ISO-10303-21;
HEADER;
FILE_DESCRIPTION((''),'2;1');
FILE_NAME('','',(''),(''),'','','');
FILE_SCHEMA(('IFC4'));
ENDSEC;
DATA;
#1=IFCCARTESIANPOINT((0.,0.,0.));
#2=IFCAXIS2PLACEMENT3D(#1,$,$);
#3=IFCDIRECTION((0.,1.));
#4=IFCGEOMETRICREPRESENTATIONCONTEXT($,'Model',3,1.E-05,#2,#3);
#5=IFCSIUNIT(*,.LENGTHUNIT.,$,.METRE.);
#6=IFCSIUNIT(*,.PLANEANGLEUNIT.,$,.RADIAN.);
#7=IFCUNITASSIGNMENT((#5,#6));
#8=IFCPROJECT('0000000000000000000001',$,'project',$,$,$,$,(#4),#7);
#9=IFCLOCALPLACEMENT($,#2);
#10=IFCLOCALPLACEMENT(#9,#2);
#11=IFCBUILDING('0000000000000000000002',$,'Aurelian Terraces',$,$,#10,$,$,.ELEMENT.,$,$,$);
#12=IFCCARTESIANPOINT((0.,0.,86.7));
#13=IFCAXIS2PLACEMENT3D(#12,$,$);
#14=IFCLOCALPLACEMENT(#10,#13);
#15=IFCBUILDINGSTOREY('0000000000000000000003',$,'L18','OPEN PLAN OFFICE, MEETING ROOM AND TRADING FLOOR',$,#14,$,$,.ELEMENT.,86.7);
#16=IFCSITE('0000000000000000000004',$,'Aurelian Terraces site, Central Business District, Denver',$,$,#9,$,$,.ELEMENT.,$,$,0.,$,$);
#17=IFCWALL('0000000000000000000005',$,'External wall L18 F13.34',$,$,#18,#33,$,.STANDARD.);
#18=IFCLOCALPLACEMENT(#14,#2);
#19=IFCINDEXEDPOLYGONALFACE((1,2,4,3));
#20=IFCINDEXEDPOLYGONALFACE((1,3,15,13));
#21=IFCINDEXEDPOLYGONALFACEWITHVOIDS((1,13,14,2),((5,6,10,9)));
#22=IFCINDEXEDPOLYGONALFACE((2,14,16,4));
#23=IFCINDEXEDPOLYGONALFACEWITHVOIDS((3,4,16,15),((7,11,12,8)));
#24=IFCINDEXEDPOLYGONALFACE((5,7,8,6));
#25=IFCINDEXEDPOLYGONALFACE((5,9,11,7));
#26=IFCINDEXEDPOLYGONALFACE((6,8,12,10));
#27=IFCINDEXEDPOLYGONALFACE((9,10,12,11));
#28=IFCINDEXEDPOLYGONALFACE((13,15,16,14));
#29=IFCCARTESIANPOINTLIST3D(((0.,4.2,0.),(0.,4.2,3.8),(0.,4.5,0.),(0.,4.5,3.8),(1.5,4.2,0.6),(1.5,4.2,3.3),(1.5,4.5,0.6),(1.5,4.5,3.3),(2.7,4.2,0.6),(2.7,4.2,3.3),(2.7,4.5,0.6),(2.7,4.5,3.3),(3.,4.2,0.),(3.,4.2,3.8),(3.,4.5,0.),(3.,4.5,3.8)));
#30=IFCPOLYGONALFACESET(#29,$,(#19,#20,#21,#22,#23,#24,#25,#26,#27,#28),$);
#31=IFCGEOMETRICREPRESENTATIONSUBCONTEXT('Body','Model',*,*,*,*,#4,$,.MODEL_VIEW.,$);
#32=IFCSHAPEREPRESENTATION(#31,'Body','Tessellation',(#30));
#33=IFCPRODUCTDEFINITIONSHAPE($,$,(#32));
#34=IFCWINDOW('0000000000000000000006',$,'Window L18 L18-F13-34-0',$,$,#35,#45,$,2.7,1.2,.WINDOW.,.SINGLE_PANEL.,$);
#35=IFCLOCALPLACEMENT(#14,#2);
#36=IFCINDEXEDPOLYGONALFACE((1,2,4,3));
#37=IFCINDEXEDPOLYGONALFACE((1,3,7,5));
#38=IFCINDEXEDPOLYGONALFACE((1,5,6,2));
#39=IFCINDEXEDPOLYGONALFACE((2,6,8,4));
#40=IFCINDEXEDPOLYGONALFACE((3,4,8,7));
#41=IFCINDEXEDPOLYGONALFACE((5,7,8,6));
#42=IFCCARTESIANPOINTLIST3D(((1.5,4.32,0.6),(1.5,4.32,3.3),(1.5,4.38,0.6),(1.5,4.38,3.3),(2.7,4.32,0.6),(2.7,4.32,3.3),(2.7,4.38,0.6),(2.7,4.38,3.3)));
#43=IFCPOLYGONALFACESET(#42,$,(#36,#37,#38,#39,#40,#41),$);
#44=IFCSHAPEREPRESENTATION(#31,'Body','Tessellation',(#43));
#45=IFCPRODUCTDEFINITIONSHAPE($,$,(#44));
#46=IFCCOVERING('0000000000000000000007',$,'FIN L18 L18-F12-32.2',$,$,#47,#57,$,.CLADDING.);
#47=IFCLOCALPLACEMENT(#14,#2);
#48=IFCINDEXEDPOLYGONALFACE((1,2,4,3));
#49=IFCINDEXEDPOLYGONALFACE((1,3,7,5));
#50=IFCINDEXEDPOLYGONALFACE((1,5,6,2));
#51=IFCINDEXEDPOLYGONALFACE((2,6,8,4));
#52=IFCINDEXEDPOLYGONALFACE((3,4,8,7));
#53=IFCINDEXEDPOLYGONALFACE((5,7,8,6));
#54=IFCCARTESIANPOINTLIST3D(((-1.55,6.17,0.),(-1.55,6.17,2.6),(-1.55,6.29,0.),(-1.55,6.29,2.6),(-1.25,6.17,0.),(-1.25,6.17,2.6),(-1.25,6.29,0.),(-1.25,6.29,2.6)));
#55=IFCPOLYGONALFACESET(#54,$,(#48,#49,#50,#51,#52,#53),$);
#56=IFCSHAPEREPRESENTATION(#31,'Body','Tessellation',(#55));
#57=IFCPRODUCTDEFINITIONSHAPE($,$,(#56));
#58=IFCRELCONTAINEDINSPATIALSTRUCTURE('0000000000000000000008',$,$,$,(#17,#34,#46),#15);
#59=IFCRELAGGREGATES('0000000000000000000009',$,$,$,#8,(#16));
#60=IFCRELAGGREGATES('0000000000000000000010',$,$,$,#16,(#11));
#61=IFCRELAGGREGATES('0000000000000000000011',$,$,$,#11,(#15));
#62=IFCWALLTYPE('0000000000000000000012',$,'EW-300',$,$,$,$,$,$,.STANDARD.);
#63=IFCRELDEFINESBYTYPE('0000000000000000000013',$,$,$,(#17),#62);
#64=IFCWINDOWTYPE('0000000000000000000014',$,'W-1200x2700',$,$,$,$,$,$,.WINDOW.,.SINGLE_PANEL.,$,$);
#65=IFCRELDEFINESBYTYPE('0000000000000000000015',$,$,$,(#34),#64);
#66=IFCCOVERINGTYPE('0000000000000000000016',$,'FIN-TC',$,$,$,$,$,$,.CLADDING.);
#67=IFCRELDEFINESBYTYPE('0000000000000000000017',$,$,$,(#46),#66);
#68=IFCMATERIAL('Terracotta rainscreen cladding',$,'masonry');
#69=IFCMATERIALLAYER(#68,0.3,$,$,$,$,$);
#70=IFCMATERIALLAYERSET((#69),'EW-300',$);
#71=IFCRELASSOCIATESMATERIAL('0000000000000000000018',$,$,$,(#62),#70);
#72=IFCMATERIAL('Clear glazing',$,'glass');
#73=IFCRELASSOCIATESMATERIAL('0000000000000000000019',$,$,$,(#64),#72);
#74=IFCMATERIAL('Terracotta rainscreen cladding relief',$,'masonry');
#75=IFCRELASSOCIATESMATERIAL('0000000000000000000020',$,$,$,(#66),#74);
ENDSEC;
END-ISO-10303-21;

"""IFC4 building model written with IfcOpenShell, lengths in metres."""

from ifc_helpers import new_model, si_unit, direction, frame, frame_2d, origin, origin_2d, place, context, subcontext, project, spatial, rectangle, extrude, source, transform, mapped, material, layer, layer_set, type_object, element, fill, save


model = new_model("IFC4")

# Units and contexts
model_context = context("Model", 3, precision=1e-05, world=origin(), true_north=direction((0.0, 1.0)))
body_context = subcontext(model_context, "Body", "Model", "MODEL_VIEW")
ifc_project = project(units=[si_unit("LENGTHUNIT", "METRE"), si_unit("PLANEANGLEUNIT", "RADIAN")], contexts=[model_context])

# Site, building, storey
site_placement = place(None, origin())
site = spatial("IfcSite", under=ifc_project, at=site_placement, Name="Aurelian Terraces site, Central Business District, Denver", CompositionType="ELEMENT", RefElevation=0.0)
building_placement = place(site_placement, origin())
building = spatial("IfcBuilding", under=site, at=building_placement, Name="Aurelian Terraces", CompositionType="ELEMENT")
storey_placement = place(building_placement, frame((0.0, 0.0, 86.7)))
storey = spatial("IfcBuildingStorey", under=building, at=storey_placement, Name="L18", Description="OPEN PLAN OFFICE, MEETING ROOM AND TRADING FLOOR", CompositionType="ELEMENT", Elevation=86.7)

# Wall, opening, window
ifc_material_1 = material(Name="Terracotta rainscreen cladding", Category="masonry")
ifc_layer_1 = layer(ifc_material_1, 0.3)
ifc_layer_set_1 = layer_set([ifc_layer_1], Name="EW-300")
wall_type_1 = type_object("IfcWallType", Name="EW-300", PredefinedType="STANDARD", material=ifc_layer_set_1)
ifc_material_2 = material(Name="Clear glazing", Category="glass")
shared_shape_1 = source(origin(), body_context, "Body", "SweptSolid", [
    extrude(rectangle(XDim=3.0, YDim=0.3, at=frame_2d((1.5, 0.0))), origin(), (0.0, 0.0, 1.0), 3.8),
])
wall_1_placement = place(storey_placement, frame((0.0, 4.35, 0.0), z_axis=(0.0, 0.0, 1.0), x_axis=(1.0, 0.0, 0.0)))
wall_1 = element("IfcWall", 1, at=wall_1_placement, inside=storey, type_object=wall_type_1, Name="External wall L18 F13.34", PredefinedType="STANDARD", context=body_context, shape_type="MappedRepresentation", body=[
    mapped(shared_shape_1, transform((0.0, 0.0, 0.0), scale=1.0)),
])
shared_shape_2 = source(origin(), body_context, "Body", "SweptSolid", [
    extrude(rectangle(XDim=1.2, YDim=2.7, at=frame_2d((0.6, 1.35))), frame((0.0, 0.16, 0.0), z_axis=(0.0, -1.0, 0.0), x_axis=(1.0, 0.0, 0.0)), (0.0, 0.0, 1.0), 0.32),
])
opening_1_placement = place(wall_1_placement, frame((1.5, 0.0, 0.6)))
opening_1 = element("IfcOpeningElement", 2, at=opening_1_placement, cuts=wall_1, PredefinedType="OPENING", context=body_context, shape_type="MappedRepresentation", body=[
    mapped(shared_shape_2, transform((0.0, 0.0, 0.0), scale=1.0)),
])
window_type_1 = type_object("IfcWindowType", Name="W-1200x2700", PartitioningType="SINGLE_PANEL", PredefinedType="WINDOW", material=ifc_material_2)
shared_shape_3 = source(origin(), body_context, "Body", "SweptSolid", [
    extrude(rectangle(XDim=1.2, YDim=2.7, at=frame_2d((0.6, 1.35))), frame((0.0, 0.03, 0.0), z_axis=(0.0, -1.0, 0.0), x_axis=(1.0, 0.0, 0.0)), (0.0, 0.0, 1.0), 0.06),
])
window_1_placement = place(opening_1_placement, origin())
window_1 = element("IfcWindow", 3, at=window_1_placement, inside=storey, type_object=window_type_1, Name="Window L18 L18-F13-34-0", OverallHeight=2.7, OverallWidth=1.2, PartitioningType="SINGLE_PANEL", PredefinedType="WINDOW", context=body_context, shape_type="MappedRepresentation", body=[
    mapped(shared_shape_3, transform((0.0, 0.0, 0.0), scale=1.0)),
])
fill(opening_1, window_1)

# Covering
ifc_material_3 = material(Name="Terracotta rainscreen cladding relief", Category="masonry")
covering_type = type_object("IfcCoveringType", Name="FIN-TC", PredefinedType="CLADDING", material=ifc_material_3)
shared_shape_4 = source(origin(), body_context, "Body", "SweptSolid", [
    extrude(rectangle(XDim=0.3, YDim=0.12, at=origin_2d()), origin(), (0.0, 0.0, 1.0), 2.6),
])
covering_placement = place(storey_placement, frame((-1.4, 6.23, 0.0), z_axis=(0.0, 0.0, 1.0), x_axis=(1.0, 0.0, 0.0)))
element("IfcCovering", 4, at=covering_placement, inside=storey, type_object=covering_type, Name="FIN L18 L18-F12-32.2", PredefinedType="CLADDING", context=body_context, shape_type="MappedRepresentation", body=[
    mapped(shared_shape_4, transform((0.0, 0.0, 0.0), scale=1.0)),
])

save(model, "model.ifc")
